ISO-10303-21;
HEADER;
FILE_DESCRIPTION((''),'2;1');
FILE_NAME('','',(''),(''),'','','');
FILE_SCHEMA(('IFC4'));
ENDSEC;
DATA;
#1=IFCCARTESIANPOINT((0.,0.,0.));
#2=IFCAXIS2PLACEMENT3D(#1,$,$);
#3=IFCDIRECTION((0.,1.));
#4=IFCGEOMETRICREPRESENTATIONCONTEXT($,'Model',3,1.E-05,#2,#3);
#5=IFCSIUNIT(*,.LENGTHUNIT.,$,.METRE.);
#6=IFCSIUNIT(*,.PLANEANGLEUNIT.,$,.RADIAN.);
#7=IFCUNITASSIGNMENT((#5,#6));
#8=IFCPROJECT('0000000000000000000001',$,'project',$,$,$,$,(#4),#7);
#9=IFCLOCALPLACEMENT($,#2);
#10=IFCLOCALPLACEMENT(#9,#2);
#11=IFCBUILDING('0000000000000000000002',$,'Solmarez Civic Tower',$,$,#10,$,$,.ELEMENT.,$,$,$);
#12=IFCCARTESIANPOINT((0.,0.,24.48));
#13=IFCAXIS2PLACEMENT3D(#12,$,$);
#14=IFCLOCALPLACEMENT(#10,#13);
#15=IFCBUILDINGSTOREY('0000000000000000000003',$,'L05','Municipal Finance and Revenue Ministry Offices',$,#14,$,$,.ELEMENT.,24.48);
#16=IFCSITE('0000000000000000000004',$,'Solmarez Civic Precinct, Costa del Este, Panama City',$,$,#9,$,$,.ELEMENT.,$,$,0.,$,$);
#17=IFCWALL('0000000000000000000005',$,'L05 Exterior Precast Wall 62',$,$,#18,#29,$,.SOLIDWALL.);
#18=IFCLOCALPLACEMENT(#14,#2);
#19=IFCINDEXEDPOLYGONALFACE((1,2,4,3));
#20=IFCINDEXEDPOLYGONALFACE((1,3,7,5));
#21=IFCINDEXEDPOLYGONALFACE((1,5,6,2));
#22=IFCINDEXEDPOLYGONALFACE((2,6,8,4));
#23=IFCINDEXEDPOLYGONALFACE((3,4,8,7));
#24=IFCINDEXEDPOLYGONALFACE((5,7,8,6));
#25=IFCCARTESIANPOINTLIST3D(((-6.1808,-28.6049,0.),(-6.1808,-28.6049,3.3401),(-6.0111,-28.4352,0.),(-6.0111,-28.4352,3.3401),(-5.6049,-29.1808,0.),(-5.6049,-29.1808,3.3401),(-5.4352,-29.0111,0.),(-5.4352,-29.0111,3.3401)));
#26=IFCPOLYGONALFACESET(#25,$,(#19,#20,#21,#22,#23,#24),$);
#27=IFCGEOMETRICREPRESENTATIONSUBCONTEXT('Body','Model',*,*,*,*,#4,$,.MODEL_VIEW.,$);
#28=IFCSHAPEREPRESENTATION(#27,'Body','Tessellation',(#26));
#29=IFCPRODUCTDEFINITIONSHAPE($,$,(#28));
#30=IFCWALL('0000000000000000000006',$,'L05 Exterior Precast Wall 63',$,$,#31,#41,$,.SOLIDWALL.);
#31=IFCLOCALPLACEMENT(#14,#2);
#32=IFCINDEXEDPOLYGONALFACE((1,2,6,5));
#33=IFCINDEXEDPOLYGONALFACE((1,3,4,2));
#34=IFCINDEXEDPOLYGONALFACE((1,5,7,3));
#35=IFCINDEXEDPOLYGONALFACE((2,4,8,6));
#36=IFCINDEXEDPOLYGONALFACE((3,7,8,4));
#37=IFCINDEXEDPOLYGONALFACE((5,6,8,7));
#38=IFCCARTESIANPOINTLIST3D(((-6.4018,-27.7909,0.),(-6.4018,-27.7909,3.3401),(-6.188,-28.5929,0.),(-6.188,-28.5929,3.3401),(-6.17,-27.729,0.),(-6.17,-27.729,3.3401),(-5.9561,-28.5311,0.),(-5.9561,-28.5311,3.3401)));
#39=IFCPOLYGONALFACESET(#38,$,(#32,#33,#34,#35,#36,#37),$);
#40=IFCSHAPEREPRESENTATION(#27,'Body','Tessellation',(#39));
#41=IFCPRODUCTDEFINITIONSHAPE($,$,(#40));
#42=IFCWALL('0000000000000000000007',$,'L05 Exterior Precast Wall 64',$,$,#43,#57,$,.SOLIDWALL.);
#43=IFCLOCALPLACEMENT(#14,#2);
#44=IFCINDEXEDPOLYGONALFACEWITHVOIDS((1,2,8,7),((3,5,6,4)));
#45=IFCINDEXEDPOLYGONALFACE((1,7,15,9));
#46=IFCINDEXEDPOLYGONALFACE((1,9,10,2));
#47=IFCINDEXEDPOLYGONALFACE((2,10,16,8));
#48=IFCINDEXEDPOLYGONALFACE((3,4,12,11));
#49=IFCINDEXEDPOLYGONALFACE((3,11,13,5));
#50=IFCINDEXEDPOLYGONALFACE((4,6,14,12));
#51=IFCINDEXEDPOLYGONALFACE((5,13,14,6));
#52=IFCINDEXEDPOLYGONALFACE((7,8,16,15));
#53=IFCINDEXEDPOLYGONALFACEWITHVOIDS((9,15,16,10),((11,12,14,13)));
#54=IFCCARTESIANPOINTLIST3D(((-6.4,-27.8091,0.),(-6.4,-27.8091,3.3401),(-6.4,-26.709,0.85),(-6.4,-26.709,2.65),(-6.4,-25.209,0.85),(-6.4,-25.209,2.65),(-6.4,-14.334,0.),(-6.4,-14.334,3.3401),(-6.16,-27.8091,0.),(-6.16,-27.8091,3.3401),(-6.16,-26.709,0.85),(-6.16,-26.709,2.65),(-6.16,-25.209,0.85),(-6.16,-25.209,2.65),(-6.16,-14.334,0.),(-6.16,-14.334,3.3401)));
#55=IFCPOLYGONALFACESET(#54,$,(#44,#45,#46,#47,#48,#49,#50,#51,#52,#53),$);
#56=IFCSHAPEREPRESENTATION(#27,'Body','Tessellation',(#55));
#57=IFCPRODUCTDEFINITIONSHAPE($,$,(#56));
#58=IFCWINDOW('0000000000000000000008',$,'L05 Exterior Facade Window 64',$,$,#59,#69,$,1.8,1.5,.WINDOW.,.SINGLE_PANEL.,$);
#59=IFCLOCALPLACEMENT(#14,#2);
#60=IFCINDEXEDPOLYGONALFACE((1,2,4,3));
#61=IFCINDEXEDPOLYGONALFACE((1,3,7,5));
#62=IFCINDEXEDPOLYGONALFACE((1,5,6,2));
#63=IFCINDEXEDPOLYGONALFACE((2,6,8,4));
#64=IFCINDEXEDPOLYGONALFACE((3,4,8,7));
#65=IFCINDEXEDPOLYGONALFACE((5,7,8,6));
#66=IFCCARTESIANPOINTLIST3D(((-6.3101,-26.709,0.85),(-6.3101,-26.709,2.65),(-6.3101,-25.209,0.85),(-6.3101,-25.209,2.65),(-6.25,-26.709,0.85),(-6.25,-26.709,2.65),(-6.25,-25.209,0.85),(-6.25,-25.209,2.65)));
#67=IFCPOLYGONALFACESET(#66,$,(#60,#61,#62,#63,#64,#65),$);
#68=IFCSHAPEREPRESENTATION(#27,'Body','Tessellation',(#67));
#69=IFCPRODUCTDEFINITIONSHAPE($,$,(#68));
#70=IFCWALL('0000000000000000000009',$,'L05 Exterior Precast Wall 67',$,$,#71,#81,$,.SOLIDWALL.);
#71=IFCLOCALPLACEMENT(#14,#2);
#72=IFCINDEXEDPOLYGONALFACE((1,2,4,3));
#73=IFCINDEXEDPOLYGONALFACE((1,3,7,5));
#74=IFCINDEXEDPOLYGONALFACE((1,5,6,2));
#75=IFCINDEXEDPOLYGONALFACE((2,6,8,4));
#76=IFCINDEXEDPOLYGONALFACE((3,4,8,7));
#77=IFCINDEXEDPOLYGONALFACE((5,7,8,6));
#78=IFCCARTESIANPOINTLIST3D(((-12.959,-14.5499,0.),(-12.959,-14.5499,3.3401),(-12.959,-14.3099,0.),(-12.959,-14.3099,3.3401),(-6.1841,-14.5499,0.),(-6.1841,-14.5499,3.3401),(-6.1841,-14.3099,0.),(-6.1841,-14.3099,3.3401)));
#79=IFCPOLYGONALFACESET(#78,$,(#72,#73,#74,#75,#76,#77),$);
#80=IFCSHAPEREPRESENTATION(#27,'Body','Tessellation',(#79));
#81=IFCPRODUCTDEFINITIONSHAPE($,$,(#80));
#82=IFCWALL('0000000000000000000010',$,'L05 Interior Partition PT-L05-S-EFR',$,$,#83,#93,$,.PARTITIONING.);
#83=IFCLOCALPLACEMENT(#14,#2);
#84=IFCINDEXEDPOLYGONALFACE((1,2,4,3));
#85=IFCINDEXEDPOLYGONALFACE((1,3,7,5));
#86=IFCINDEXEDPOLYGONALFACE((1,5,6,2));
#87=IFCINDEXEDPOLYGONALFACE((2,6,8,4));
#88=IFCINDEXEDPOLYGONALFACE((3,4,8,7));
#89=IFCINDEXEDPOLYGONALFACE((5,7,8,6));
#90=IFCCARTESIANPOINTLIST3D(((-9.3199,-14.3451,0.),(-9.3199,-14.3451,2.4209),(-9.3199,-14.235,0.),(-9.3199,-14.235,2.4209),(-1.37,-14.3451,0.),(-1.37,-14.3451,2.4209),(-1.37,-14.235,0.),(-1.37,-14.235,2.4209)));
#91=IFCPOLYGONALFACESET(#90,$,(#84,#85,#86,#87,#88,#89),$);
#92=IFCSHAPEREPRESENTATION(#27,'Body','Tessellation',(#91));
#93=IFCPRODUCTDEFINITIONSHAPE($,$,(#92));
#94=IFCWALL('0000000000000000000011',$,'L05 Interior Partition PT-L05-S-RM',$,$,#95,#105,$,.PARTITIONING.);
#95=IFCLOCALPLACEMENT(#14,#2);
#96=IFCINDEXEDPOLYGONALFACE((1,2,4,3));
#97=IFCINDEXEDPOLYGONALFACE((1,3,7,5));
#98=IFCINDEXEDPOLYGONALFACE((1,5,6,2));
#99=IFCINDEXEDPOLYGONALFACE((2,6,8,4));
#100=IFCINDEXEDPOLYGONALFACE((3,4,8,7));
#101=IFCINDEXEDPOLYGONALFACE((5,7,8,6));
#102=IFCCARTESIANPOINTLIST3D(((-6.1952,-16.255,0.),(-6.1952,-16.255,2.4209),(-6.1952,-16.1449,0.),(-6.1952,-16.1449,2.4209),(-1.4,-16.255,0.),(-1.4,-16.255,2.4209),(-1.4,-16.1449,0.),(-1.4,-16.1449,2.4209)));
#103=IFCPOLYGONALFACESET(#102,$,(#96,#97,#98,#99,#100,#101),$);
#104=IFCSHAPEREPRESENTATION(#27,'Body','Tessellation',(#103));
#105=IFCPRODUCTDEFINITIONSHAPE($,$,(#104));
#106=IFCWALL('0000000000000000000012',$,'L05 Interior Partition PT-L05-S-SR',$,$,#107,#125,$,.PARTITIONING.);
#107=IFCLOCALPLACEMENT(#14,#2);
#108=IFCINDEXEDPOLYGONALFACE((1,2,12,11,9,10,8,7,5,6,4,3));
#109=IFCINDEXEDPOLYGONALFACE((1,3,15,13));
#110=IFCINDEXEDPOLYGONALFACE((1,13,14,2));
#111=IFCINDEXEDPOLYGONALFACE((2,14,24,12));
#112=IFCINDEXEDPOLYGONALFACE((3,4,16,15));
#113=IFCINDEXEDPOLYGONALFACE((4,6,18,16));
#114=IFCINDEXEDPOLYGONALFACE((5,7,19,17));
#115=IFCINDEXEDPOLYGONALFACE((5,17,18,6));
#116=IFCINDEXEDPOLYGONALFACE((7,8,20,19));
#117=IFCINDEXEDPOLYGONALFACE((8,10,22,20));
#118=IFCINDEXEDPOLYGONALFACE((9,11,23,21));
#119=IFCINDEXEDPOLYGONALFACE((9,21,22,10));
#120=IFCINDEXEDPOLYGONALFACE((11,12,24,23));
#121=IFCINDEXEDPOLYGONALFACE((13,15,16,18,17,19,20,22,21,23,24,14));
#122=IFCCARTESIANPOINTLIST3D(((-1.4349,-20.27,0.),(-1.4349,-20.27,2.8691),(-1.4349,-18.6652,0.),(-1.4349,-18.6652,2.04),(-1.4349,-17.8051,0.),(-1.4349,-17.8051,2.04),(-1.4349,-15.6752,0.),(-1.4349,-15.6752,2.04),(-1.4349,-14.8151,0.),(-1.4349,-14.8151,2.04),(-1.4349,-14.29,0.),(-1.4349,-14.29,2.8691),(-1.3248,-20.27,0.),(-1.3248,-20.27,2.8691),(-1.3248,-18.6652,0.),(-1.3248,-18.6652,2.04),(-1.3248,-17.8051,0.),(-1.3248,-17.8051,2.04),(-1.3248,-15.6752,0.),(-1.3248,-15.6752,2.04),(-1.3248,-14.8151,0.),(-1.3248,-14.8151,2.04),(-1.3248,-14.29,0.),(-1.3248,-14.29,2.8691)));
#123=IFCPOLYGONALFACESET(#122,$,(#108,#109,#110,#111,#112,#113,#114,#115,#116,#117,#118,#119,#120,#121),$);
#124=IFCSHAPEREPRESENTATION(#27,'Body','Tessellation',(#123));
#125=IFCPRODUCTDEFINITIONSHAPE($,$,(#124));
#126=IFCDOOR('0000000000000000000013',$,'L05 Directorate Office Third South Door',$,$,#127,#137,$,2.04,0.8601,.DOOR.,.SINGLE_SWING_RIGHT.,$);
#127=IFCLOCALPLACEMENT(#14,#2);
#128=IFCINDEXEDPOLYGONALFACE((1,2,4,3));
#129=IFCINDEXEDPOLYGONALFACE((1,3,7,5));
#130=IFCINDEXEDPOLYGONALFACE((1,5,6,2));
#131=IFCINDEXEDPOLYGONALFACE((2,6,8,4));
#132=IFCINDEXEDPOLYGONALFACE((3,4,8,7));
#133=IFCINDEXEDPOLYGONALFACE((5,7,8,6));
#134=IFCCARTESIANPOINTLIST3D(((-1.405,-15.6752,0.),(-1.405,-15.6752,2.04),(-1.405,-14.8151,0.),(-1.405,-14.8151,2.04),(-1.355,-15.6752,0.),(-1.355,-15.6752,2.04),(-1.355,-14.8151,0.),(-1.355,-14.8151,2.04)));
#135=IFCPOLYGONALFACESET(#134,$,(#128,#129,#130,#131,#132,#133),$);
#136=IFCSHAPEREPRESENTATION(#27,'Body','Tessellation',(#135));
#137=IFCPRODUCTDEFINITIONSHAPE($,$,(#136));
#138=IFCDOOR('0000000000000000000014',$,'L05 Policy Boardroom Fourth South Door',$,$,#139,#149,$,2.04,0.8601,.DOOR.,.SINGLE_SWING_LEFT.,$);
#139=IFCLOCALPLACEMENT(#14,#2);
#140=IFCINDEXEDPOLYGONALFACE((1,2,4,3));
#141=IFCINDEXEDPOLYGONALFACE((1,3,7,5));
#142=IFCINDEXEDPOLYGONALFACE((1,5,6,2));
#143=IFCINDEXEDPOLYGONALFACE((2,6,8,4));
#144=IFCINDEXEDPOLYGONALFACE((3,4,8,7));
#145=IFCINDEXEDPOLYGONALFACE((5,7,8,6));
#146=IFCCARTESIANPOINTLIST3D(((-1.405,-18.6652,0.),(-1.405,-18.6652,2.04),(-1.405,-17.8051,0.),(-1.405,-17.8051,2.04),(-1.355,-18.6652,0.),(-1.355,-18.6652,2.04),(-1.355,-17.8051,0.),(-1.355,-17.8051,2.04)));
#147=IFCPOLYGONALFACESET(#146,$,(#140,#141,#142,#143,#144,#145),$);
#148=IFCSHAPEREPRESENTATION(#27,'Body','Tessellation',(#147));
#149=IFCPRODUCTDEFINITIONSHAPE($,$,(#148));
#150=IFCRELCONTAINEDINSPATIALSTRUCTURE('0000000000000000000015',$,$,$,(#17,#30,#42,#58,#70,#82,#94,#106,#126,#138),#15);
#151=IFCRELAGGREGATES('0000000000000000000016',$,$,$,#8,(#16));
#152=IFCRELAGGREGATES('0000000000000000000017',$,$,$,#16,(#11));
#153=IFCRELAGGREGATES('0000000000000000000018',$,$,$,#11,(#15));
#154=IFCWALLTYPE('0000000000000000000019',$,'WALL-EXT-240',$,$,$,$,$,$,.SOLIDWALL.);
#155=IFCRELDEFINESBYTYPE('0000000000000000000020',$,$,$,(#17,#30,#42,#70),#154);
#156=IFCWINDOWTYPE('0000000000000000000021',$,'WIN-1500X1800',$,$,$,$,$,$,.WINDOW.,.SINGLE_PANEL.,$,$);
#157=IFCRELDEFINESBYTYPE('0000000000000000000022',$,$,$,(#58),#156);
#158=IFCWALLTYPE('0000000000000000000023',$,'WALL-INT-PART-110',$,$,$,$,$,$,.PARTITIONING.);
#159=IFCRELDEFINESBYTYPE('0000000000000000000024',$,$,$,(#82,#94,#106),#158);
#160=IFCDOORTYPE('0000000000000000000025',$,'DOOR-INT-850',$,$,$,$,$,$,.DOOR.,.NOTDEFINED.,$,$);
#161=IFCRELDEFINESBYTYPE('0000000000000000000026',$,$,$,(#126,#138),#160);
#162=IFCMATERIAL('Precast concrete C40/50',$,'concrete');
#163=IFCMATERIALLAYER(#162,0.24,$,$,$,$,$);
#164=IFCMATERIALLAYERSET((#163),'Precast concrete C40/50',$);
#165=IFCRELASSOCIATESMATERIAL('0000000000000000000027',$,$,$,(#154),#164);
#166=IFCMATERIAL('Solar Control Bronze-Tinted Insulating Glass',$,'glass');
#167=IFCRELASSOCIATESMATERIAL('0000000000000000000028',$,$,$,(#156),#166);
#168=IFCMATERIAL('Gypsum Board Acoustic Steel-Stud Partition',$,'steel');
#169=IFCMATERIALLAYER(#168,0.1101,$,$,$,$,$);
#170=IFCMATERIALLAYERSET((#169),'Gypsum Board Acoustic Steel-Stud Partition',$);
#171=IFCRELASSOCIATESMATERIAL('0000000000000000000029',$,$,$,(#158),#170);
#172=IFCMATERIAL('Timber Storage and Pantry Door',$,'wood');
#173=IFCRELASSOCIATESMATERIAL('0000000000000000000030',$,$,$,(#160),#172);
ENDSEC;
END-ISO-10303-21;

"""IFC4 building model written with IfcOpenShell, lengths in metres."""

from ifc_helpers import new_model, si_unit, direction, frame, frame_2d, origin, place, context, subcontext, project, spatial, rectangle, extrude, material, layer, layer_set, type_object, element, fill, save


model = new_model("IFC4")

# Units and contexts
model_context = context("Model", 3, precision=1e-05, world=origin(), true_north=direction((0.0, 1.0)))
body_context = subcontext(model_context, "Body", "Model", "MODEL_VIEW")
ifc_project = project(units=[si_unit("LENGTHUNIT", "METRE"), si_unit("PLANEANGLEUNIT", "RADIAN")], contexts=[model_context])

# Site, building, storey
site_placement = place(None, origin())
site = spatial("IfcSite", under=ifc_project, at=site_placement, Name="Solmarez Civic Precinct, Costa del Este, Panama City", CompositionType="ELEMENT", RefElevation=0.0)
building_placement = place(site_placement, origin())
building = spatial("IfcBuilding", under=site, at=building_placement, Name="Solmarez Civic Tower", CompositionType="ELEMENT")
storey_placement = place(building_placement, frame((0.0, 0.0, 24.48)))
storey = spatial("IfcBuildingStorey", under=building, at=storey_placement, Name="L05", Description="Municipal Finance and Revenue Ministry Offices", CompositionType="ELEMENT", Elevation=24.48)

# Walls
ifc_material_1 = material(Name="Precast concrete C40/50", Category="concrete")
ifc_layer_1 = layer(ifc_material_1, 0.24)
ifc_layer_set_1 = layer_set([ifc_layer_1], Name="Precast concrete C40/50")
wall_type_1 = type_object("IfcWallType", Name="WALL-EXT-240", PredefinedType="SOLIDWALL", material=ifc_layer_set_1)
wall_1_placement = place(storey_placement, frame((-5.52, -29.0959, 0.0), z_axis=(0.0, 0.0, 1.0), x_axis=(-0.707107, 0.707107, 0.0)))
element("IfcWall", 1, at=wall_1_placement, inside=storey, type_object=wall_type_1, Name="L05 Exterior Precast Wall 62", PredefinedType="SOLIDWALL", context=body_context, shape_type="SweptSolid", body=[
    extrude(rectangle(XDim=0.8145, YDim=0.24, at=frame_2d((0.4072, 0.0))), origin(), (0.0, 0.0, 1.0), 3.3401),
])
wall_2_placement = place(storey_placement, frame((-6.072, -28.562, 0.0), z_axis=(0.0, 0.0, 1.0), x_axis=(-0.257663, 0.966235, 0.0)))
element("IfcWall", 2, at=wall_2_placement, inside=storey, type_object=wall_type_1, Name="L05 Exterior Precast Wall 63", PredefinedType="SOLIDWALL", context=body_context, shape_type="SweptSolid", body=[
    extrude(rectangle(XDim=0.8301, YDim=0.24, at=frame_2d((0.415, 0.0))), origin(), (0.0, 0.0, 1.0), 3.3401),
])

# Wall, opening, window
wall_3_placement = place(storey_placement, frame((-6.28, -27.8091, 0.0), z_axis=(0.0, 0.0, 1.0), x_axis=(0.0, 1.0, 0.0)))
wall_3 = element("IfcWall", 3, at=wall_3_placement, inside=storey, type_object=wall_type_1, Name="L05 Exterior Precast Wall 64", PredefinedType="SOLIDWALL", context=body_context, shape_type="SweptSolid", body=[
    extrude(rectangle(XDim=13.4751, YDim=0.24, at=frame_2d((6.7375, 0.0))), origin(), (0.0, 0.0, 1.0), 3.3401),
])
opening_1_placement = place(wall_3_placement, frame((1.1001, 0.0, 0.8501)))
opening_1 = element("IfcOpeningElement", 4, at=opening_1_placement, cuts=wall_3, PredefinedType="OPENING", context=body_context, shape_type="SweptSolid", body=[
    extrude(rectangle(XDim=1.5, YDim=1.8, at=frame_2d((0.75, 0.8999))), frame((0.0, 0.1299, 0.0), z_axis=(0.0, -1.0, 0.0), x_axis=(1.0, 0.0, 0.0)), (0.0, 0.0, 1.0), 0.26),
])
ifc_material_2 = material(Name="Solar Control Bronze-Tinted Insulating Glass", Category="glass")
window_type = type_object("IfcWindowType", Name="WIN-1500X1800", PartitioningType="SINGLE_PANEL", PredefinedType="WINDOW", material=ifc_material_2)
window_placement = place(opening_1_placement, origin())
window = element("IfcWindow", 5, at=window_placement, inside=storey, type_object=window_type, Name="L05 Exterior Facade Window 64", OverallHeight=1.8, OverallWidth=1.5, PartitioningType="SINGLE_PANEL", PredefinedType="WINDOW", context=body_context, shape_type="SweptSolid", body=[
    extrude(rectangle(XDim=1.5, YDim=1.8, at=frame_2d((0.75, 0.8999))), frame((0.0, 0.03, 0.0), z_axis=(0.0, -1.0, 0.0), x_axis=(1.0, 0.0, 0.0)), (0.0, 0.0, 1.0), 0.0601),
])
fill(opening_1, window)

# Walls
wall_4_placement = place(storey_placement, frame((-6.1841, -14.4299, 0.0), z_axis=(0.0, 0.0, 1.0), x_axis=(-1.0, 0.0, 0.0)))
element("IfcWall", 6, at=wall_4_placement, inside=storey, type_object=wall_type_1, Name="L05 Exterior Precast Wall 67", PredefinedType="SOLIDWALL", context=body_context, shape_type="SweptSolid", body=[
    extrude(rectangle(XDim=6.7749, YDim=0.24, at=frame_2d((3.3875, 0.0))), origin(), (0.0, 0.0, 1.0), 3.3401),
])
ifc_material_3 = material(Name="Gypsum Board Acoustic Steel-Stud Partition", Category="steel")
ifc_layer_2 = layer(ifc_material_3, 0.1101)
ifc_layer_set_2 = layer_set([ifc_layer_2], Name="Gypsum Board Acoustic Steel-Stud Partition")
wall_type_2 = type_object("IfcWallType", Name="WALL-INT-PART-110", PredefinedType="PARTITIONING", material=ifc_layer_set_2)
wall_5_placement = place(storey_placement, frame((-9.3201, -14.29, 0.0), z_axis=(0.0, 0.0, 1.0), x_axis=(1.0, 0.0, 0.0)))
element("IfcWall", 7, at=wall_5_placement, inside=storey, type_object=wall_type_2, Name="L05 Interior Partition PT-L05-S-EFR", PredefinedType="PARTITIONING", context=body_context, shape_type="SweptSolid", body=[
    extrude(rectangle(XDim=7.95, YDim=0.1101, at=frame_2d((3.9751, 0.0))), origin(), (0.0, 0.0, 1.0), 2.4209),
])
wall_6_placement = place(storey_placement, frame((-6.1951, -16.2, 0.0), z_axis=(0.0, 0.0, 1.0), x_axis=(1.0, 0.0, 0.0)))
element("IfcWall", 8, at=wall_6_placement, inside=storey, type_object=wall_type_2, Name="L05 Interior Partition PT-L05-S-RM", PredefinedType="PARTITIONING", context=body_context, shape_type="SweptSolid", body=[
    extrude(rectangle(XDim=4.7952, YDim=0.1101, at=frame_2d((2.3975, 0.0))), origin(), (0.0, 0.0, 1.0), 2.4209),
])

# Wall, openings, doors
wall_7_placement = place(storey_placement, frame((-1.3799, -14.29, 0.0), z_axis=(0.0, 0.0, 1.0), x_axis=(0.0, -1.0, 0.0)))
wall_7 = element("IfcWall", 9, at=wall_7_placement, inside=storey, type_object=wall_type_2, Name="L05 Interior Partition PT-L05-S-SR", PredefinedType="PARTITIONING", context=body_context, shape_type="SweptSolid", body=[
    extrude(rectangle(XDim=5.98, YDim=0.1101, at=frame_2d((2.99, 0.0))), origin(), (0.0, 0.0, 1.0), 2.8691),
])
opening_2_placement = place(wall_7_placement, frame((0.5249, 0.0, 0.0)))
opening_2 = element("IfcOpeningElement", 10, at=opening_2_placement, cuts=wall_7, PredefinedType="OPENING", context=body_context, shape_type="SweptSolid", body=[
    extrude(rectangle(XDim=0.8601, YDim=2.04, at=frame_2d((0.4302, 1.02))), frame((0.0, 0.0649, 0.0), z_axis=(0.0, -1.0, 0.0), x_axis=(1.0, 0.0, 0.0)), (0.0, 0.0, 1.0), 0.1301),
])
opening_3_placement = place(wall_7_placement, frame((3.5149, 0.0, 0.0)))
opening_3 = element("IfcOpeningElement", 11, at=opening_3_placement, cuts=wall_7, PredefinedType="OPENING", context=body_context, shape_type="SweptSolid", body=[
    extrude(rectangle(XDim=0.8601, YDim=2.04, at=frame_2d((0.4302, 1.02))), frame((0.0, 0.0649, 0.0), z_axis=(0.0, -1.0, 0.0), x_axis=(1.0, 0.0, 0.0)), (0.0, 0.0, 1.0), 0.1301),
])
ifc_material_4 = material(Name="Timber Storage and Pantry Door", Category="wood")
door_type = type_object("IfcDoorType", Name="DOOR-INT-850", OperationType="NOTDEFINED", PredefinedType="DOOR", material=ifc_material_4)
door_1_placement = place(opening_2_placement, origin())
door_1 = element("IfcDoor", 12, at=door_1_placement, inside=storey, type_object=door_type, Name="L05 Directorate Office Third South Door", OperationType="SINGLE_SWING_RIGHT", OverallHeight=2.04, OverallWidth=0.8601, PredefinedType="DOOR", context=body_context, shape_type="SweptSolid", body=[
    extrude(rectangle(XDim=0.8601, YDim=2.04, at=frame_2d((0.4302, 1.02))), frame((0.0, 0.0249, 0.0), z_axis=(0.0, -1.0, 0.0), x_axis=(1.0, 0.0, 0.0)), (0.0, 0.0, 1.0), 0.05),
])
fill(opening_2, door_1)
door_2_placement = place(opening_3_placement, origin())
door_2 = element("IfcDoor", 13, at=door_2_placement, inside=storey, type_object=door_type, Name="L05 Policy Boardroom Fourth South Door", OperationType="SINGLE_SWING_LEFT", OverallHeight=2.04, OverallWidth=0.8601, PredefinedType="DOOR", context=body_context, shape_type="SweptSolid", body=[
    extrude(rectangle(XDim=0.8601, YDim=2.04, at=frame_2d((0.4302, 1.02))), frame((0.0, 0.0249, 0.0), z_axis=(0.0, -1.0, 0.0), x_axis=(1.0, 0.0, 0.0)), (0.0, 0.0, 1.0), 0.05),
])
fill(opening_3, door_2)

save(model, "model.ifc")
